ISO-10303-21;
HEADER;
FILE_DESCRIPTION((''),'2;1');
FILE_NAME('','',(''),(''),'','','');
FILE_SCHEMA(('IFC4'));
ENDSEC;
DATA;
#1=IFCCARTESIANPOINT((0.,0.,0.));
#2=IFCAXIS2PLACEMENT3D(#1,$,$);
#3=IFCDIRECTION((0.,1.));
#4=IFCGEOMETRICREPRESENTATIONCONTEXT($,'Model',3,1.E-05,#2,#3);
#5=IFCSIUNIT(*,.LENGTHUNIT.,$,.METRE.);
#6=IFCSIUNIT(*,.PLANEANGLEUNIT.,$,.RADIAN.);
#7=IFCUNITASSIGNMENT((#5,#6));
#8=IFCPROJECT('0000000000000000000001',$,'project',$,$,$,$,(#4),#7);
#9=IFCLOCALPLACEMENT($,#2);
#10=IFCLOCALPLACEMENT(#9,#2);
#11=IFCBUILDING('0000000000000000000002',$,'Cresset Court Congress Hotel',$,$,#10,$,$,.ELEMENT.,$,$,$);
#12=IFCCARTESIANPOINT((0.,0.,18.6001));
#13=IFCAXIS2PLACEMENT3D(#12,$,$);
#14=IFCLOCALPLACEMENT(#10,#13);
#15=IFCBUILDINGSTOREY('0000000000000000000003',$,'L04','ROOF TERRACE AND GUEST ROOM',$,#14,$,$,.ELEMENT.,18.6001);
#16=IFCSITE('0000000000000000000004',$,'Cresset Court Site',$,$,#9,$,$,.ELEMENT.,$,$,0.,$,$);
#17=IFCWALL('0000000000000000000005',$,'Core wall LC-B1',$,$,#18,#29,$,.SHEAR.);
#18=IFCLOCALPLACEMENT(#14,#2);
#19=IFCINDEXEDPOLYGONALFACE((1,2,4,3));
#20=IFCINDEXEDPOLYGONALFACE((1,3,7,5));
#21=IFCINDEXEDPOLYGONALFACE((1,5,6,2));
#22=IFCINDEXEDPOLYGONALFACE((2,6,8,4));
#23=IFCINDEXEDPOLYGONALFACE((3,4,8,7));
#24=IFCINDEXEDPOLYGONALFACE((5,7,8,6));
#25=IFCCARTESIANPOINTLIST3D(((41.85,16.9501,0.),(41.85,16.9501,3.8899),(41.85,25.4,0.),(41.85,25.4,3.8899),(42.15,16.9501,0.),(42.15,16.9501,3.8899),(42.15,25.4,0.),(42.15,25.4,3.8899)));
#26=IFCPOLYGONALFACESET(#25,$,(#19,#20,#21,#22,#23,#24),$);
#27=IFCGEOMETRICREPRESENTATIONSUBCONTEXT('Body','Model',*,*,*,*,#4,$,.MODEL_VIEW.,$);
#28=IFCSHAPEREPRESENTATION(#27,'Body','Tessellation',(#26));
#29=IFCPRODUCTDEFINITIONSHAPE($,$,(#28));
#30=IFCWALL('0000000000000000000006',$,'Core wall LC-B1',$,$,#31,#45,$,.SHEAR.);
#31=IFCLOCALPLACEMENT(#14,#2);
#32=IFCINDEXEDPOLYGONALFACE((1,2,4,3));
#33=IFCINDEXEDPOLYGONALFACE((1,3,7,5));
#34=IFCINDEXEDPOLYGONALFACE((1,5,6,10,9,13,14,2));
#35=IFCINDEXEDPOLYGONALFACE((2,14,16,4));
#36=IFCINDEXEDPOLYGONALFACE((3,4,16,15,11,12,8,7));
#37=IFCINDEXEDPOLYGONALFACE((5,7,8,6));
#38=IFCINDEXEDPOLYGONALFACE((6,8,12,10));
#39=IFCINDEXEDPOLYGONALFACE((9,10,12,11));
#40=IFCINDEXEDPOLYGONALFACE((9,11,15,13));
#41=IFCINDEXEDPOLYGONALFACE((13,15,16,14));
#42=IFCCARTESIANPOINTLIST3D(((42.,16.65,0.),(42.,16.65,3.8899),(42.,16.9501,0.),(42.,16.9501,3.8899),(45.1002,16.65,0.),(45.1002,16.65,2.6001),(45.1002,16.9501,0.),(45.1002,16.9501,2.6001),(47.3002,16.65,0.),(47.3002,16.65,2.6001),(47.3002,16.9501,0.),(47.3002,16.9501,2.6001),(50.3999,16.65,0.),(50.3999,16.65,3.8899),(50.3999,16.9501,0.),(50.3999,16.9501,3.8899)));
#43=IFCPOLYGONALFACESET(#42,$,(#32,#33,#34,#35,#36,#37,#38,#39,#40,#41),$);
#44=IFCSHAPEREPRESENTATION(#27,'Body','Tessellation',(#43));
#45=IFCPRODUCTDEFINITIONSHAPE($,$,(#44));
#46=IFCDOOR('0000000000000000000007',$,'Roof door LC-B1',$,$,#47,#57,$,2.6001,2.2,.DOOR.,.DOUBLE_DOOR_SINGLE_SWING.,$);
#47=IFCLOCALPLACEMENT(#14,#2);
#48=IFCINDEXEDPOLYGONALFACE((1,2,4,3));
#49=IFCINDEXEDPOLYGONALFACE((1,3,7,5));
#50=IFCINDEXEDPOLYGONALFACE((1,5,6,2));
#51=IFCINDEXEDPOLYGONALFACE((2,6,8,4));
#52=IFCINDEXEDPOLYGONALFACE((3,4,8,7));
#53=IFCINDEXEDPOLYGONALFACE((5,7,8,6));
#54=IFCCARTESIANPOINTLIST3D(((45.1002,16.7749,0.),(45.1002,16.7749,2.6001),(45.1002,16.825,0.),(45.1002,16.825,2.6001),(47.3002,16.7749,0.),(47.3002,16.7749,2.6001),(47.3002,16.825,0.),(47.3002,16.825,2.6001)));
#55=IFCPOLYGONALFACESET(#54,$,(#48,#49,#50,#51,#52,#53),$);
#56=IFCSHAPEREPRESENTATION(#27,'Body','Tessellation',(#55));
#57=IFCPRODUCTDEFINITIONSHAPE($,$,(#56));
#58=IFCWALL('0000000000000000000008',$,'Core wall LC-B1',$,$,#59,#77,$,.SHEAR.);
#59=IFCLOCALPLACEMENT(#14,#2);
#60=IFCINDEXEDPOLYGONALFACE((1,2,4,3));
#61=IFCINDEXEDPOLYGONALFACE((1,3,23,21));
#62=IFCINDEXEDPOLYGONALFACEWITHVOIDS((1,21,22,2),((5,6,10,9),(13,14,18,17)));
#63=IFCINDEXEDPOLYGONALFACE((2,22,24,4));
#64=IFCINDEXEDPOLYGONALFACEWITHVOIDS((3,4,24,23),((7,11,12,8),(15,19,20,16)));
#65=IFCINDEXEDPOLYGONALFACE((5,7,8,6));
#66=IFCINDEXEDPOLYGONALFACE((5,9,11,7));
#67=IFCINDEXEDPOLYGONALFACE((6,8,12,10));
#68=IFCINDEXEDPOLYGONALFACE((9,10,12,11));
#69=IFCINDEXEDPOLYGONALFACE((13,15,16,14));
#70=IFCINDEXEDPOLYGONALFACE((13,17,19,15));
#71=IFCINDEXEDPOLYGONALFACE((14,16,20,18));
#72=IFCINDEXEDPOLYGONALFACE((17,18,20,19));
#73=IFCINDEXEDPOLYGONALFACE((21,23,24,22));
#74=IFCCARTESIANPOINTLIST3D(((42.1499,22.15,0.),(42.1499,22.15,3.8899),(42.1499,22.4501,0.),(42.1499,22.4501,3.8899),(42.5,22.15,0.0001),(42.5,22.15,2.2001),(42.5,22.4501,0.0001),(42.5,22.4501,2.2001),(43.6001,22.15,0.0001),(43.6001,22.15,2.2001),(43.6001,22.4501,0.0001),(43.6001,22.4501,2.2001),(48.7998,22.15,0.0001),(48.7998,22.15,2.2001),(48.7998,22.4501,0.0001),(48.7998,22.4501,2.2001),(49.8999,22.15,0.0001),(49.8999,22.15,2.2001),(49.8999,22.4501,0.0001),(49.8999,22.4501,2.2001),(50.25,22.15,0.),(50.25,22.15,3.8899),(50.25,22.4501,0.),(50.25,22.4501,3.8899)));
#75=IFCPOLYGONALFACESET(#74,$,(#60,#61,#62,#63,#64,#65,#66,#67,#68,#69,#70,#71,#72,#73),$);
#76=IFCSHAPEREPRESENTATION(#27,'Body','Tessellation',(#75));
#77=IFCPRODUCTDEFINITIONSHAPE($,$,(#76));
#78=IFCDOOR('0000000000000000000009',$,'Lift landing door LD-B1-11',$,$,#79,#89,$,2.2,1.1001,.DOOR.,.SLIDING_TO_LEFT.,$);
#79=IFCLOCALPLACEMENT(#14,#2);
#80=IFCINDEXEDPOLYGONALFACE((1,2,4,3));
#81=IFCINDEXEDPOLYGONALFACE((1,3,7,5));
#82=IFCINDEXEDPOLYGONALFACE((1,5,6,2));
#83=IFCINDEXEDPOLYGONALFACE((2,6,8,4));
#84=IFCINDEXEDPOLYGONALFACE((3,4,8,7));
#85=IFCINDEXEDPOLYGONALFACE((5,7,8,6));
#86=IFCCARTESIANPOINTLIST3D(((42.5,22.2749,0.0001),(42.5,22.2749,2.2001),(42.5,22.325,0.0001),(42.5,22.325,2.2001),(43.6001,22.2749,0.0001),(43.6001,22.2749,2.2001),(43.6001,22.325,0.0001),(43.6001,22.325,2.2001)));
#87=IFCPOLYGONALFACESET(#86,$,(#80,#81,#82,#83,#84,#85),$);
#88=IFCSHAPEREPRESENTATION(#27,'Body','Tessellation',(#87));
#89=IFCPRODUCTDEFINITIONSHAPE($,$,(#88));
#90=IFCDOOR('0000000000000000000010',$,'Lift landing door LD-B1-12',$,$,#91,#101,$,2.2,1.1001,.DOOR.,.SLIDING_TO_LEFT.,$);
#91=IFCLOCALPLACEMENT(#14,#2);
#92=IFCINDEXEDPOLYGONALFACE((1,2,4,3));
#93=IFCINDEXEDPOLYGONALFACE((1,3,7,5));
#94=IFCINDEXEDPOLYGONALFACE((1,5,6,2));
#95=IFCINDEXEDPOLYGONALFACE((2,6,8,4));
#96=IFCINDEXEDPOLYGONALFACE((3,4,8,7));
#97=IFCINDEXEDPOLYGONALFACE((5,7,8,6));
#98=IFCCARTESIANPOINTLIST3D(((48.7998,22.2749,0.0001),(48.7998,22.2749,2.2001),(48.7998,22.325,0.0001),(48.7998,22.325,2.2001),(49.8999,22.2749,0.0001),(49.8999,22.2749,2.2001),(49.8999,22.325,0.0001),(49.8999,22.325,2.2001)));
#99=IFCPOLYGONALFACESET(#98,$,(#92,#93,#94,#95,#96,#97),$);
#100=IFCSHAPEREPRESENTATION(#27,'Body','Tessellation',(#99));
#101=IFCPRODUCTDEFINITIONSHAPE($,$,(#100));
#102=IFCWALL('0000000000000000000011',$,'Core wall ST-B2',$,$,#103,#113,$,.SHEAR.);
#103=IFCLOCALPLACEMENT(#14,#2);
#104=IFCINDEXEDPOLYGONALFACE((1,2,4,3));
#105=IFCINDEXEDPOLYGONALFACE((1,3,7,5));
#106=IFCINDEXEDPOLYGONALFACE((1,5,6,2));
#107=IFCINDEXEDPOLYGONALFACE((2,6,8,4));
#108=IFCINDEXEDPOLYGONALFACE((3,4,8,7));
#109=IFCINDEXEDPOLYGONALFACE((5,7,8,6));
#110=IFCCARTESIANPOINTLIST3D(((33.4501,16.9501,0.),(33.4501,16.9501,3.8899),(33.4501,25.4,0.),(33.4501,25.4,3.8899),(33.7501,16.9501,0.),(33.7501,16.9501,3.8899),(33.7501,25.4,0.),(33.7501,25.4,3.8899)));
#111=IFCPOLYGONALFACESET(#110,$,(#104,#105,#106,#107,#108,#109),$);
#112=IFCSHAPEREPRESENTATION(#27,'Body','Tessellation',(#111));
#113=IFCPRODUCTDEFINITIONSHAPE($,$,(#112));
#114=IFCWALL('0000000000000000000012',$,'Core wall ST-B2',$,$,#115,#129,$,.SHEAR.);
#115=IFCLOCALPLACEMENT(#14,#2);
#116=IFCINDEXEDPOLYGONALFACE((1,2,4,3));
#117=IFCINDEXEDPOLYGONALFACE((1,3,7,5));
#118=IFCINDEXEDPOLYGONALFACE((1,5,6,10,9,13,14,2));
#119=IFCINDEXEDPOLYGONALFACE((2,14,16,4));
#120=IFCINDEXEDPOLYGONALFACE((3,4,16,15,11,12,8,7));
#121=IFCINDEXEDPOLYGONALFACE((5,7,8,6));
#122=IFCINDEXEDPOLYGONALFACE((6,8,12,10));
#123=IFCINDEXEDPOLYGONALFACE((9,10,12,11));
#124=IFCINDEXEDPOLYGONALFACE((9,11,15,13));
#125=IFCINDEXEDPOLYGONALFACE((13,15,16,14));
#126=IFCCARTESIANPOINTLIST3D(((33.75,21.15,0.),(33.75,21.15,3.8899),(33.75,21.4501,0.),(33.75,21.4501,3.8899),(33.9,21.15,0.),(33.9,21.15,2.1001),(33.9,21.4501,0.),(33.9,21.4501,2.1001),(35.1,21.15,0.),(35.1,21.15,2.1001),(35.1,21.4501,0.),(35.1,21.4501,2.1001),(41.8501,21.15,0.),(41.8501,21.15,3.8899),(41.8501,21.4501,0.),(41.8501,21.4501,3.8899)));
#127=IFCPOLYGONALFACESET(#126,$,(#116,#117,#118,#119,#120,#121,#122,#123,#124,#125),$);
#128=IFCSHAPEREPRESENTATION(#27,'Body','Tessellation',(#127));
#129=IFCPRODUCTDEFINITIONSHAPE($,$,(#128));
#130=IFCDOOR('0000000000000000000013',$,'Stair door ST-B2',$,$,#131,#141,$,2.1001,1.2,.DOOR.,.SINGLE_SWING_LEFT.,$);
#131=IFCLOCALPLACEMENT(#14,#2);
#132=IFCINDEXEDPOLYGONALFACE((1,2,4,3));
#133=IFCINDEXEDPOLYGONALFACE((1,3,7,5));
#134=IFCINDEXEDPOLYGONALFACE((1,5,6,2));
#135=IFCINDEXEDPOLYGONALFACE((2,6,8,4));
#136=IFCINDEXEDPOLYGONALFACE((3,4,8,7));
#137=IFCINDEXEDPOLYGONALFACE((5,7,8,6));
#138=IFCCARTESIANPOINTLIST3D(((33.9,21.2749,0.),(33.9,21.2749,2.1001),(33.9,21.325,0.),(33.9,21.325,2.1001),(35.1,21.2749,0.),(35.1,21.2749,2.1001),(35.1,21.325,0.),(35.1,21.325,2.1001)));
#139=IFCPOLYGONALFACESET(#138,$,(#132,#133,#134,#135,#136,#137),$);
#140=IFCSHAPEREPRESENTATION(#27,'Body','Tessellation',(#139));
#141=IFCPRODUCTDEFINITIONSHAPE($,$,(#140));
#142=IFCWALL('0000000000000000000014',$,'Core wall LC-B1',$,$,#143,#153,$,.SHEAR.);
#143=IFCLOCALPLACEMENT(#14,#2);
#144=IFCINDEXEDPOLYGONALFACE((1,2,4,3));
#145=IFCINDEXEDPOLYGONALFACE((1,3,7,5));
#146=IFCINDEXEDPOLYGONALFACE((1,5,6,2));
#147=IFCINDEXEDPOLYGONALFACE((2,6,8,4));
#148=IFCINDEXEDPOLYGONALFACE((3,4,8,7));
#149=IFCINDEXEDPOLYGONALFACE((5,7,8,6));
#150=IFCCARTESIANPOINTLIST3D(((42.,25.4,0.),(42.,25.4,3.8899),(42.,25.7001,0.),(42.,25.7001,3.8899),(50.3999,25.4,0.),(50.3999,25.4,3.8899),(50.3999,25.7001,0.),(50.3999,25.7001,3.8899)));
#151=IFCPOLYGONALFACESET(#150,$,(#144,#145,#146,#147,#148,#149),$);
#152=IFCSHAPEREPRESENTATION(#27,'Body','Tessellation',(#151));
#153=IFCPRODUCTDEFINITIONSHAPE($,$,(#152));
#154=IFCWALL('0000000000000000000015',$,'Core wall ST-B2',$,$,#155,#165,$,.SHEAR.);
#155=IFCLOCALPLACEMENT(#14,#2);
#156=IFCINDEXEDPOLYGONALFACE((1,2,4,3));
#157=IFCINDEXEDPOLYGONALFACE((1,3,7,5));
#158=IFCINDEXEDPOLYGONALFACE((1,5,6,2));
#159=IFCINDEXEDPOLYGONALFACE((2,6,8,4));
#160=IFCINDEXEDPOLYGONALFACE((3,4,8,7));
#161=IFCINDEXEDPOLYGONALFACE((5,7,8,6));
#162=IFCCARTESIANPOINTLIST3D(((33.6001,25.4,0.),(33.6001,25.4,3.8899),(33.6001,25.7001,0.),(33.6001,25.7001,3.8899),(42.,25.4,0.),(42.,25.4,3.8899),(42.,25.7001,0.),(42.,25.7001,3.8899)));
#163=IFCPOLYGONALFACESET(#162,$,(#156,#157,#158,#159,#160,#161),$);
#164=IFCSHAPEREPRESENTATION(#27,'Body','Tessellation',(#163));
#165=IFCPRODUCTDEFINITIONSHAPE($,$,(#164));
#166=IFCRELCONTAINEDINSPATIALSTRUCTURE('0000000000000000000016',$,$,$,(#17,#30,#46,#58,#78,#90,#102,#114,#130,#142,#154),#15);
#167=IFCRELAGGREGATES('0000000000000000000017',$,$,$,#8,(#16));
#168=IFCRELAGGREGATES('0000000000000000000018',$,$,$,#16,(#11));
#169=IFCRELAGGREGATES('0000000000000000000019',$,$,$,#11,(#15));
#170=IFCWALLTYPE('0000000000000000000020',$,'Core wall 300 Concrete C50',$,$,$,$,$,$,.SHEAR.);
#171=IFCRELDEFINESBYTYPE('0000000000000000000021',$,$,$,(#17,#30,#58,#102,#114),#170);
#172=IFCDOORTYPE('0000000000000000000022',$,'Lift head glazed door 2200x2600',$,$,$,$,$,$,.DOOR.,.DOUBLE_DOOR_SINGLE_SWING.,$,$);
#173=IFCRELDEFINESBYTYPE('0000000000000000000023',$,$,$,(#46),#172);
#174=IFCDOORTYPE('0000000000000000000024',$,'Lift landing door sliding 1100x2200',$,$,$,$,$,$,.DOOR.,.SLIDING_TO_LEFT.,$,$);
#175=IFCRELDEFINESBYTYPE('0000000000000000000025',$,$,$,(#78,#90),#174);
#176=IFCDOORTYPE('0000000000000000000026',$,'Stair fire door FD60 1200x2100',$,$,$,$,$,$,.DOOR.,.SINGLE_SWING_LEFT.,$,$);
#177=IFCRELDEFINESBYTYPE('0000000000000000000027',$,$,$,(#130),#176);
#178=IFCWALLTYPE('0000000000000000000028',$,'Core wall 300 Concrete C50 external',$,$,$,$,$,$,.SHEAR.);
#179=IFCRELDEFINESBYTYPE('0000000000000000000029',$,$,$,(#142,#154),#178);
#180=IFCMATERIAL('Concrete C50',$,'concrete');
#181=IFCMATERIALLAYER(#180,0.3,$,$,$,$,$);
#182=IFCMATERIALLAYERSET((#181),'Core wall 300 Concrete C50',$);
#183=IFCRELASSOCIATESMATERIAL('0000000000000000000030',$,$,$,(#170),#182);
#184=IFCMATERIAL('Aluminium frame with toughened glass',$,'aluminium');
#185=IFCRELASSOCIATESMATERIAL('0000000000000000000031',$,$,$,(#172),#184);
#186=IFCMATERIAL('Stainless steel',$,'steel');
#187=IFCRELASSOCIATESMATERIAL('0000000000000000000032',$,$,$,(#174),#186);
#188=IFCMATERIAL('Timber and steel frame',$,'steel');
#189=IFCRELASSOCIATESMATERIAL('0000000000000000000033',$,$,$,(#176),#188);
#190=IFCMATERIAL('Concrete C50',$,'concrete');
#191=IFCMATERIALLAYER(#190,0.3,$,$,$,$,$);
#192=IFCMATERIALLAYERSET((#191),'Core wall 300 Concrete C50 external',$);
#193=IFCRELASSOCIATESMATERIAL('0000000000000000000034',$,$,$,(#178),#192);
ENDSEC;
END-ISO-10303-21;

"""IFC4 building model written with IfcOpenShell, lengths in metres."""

from ifc_helpers import new_model, si_unit, direction, frame, frame_2d, origin, place, context, subcontext, project, spatial, rectangle, extrude, material, layer, layer_set, type_object, element, fill, save


model = new_model("IFC4")

# Units and contexts
model_context = context("Model", 3, precision=1e-05, world=origin(), true_north=direction((0.0, 1.0)))
body_context = subcontext(model_context, "Body", "Model", "MODEL_VIEW")
ifc_project = project(units=[si_unit("LENGTHUNIT", "METRE"), si_unit("PLANEANGLEUNIT", "RADIAN")], contexts=[model_context])

# Site, building, storey
site_placement = place(None, origin())
site = spatial("IfcSite", under=ifc_project, at=site_placement, Name="Cresset Court Site", CompositionType="ELEMENT", RefElevation=0.0)
building_placement = place(site_placement, origin())
building = spatial("IfcBuilding", under=site, at=building_placement, Name="Cresset Court Congress Hotel", CompositionType="ELEMENT")
storey_placement = place(building_placement, frame((0.0, 0.0, 18.6001)))
storey = spatial("IfcBuildingStorey", under=building, at=storey_placement, Name="L04", Description="ROOF TERRACE AND GUEST ROOM", CompositionType="ELEMENT", Elevation=18.6001)

# Wall
ifc_material_1 = material(Name="Concrete C50", Category="concrete")
ifc_layer_1 = layer(ifc_material_1, 0.3)
ifc_layer_set_1 = layer_set([ifc_layer_1], Name="Core wall 300 Concrete C50")
wall_type_1 = type_object("IfcWallType", Name="Core wall 300 Concrete C50", PredefinedType="SHEAR", material=ifc_layer_set_1)
wall_1_placement = place(storey_placement, frame((42.0, 16.95, 0.0), z_axis=(0.0, 0.0, 1.0), x_axis=(0.0, 1.0, 0.0)))
element("IfcWall", 1, at=wall_1_placement, inside=storey, type_object=wall_type_1, Name="Core wall LC-B1", PredefinedType="SHEAR", context=body_context, shape_type="SweptSolid", body=[
    extrude(rectangle(XDim=8.45, YDim=0.3, at=frame_2d((4.2251, 0.0))), origin(), (0.0, 0.0, 1.0), 3.8899),
])

# Wall, opening, door
wall_2_placement = place(storey_placement, frame((42.0, 16.8, 0.0), z_axis=(0.0, 0.0, 1.0), x_axis=(1.0, 0.0, 0.0)))
wall_2 = element("IfcWall", 2, at=wall_2_placement, inside=storey, type_object=wall_type_1, Name="Core wall LC-B1", PredefinedType="SHEAR", context=body_context, shape_type="SweptSolid", body=[
    extrude(rectangle(XDim=8.3999, YDim=0.3, at=frame_2d((4.2, 0.0))), origin(), (0.0, 0.0, 1.0), 3.8899),
])
opening_1_placement = place(wall_2_placement, frame((3.1001, 0.0, 0.0)))
opening_1 = element("IfcOpeningElement", 3, at=opening_1_placement, cuts=wall_2, PredefinedType="OPENING", context=body_context, shape_type="SweptSolid", body=[
    extrude(rectangle(XDim=2.2, YDim=2.6001, at=frame_2d((1.1001, 1.3))), frame((0.0, 0.1599, 0.0), z_axis=(0.0, -1.0, 0.0), x_axis=(1.0, 0.0, 0.0)), (0.0, 0.0, 1.0), 0.3201),
])
ifc_material_2 = material(Name="Aluminium frame with toughened glass", Category="aluminium")
door_type_1 = type_object("IfcDoorType", Name="Lift head glazed door 2200x2600", OperationType="DOUBLE_DOOR_SINGLE_SWING", PredefinedType="DOOR", material=ifc_material_2)
door_1_placement = place(opening_1_placement, origin())
door_1 = element("IfcDoor", 4, at=door_1_placement, inside=storey, type_object=door_type_1, Name="Roof door LC-B1", OperationType="DOUBLE_DOOR_SINGLE_SWING", OverallHeight=2.6001, OverallWidth=2.2, PredefinedType="DOOR", context=body_context, shape_type="SweptSolid", body=[
    extrude(rectangle(XDim=2.2, YDim=2.6001, at=frame_2d((1.1001, 1.3))), frame((0.0, 0.0249, 0.0), z_axis=(0.0, -1.0, 0.0), x_axis=(1.0, 0.0, 0.0)), (0.0, 0.0, 1.0), 0.05),
])
fill(opening_1, door_1)

# Wall, openings, doors
wall_3_placement = place(storey_placement, frame((42.1499, 22.3, 0.0), z_axis=(0.0, 0.0, 1.0), x_axis=(1.0, 0.0, 0.0)))
wall_3 = element("IfcWall", 5, at=wall_3_placement, inside=storey, type_object=wall_type_1, Name="Core wall LC-B1", PredefinedType="SHEAR", context=body_context, shape_type="SweptSolid", body=[
    extrude(rectangle(XDim=8.1001, YDim=0.3, at=frame_2d((4.05, 0.0))), origin(), (0.0, 0.0, 1.0), 3.8899),
])
opening_2_placement = place(wall_3_placement, frame((0.3501, 0.0, 0.0)))
opening_2 = element("IfcOpeningElement", 6, at=opening_2_placement, cuts=wall_3, PredefinedType="OPENING", context=body_context, shape_type="SweptSolid", body=[
    extrude(rectangle(XDim=1.1001, YDim=2.2, at=frame_2d((0.55, 1.1001))), frame((0.0, 0.1599, 0.0), z_axis=(0.0, -1.0, 0.0), x_axis=(1.0, 0.0, 0.0)), (0.0, 0.0, 1.0), 0.3201),
])
opening_3_placement = place(wall_3_placement, frame((6.6499, 0.0, 0.0)))
opening_3 = element("IfcOpeningElement", 7, at=opening_3_placement, cuts=wall_3, PredefinedType="OPENING", context=body_context, shape_type="SweptSolid", body=[
    extrude(rectangle(XDim=1.1001, YDim=2.2, at=frame_2d((0.55, 1.1001))), frame((0.0, 0.1599, 0.0), z_axis=(0.0, -1.0, 0.0), x_axis=(1.0, 0.0, 0.0)), (0.0, 0.0, 1.0), 0.3201),
])
ifc_material_3 = material(Name="Stainless steel", Category="steel")
door_type_2 = type_object("IfcDoorType", Name="Lift landing door sliding 1100x2200", OperationType="SLIDING_TO_LEFT", PredefinedType="DOOR", material=ifc_material_3)
door_2_placement = place(opening_2_placement, origin())
door_2 = element("IfcDoor", 8, at=door_2_placement, inside=storey, type_object=door_type_2, Name="Lift landing door LD-B1-11", OperationType="SLIDING_TO_LEFT", OverallHeight=2.2, OverallWidth=1.1001, PredefinedType="DOOR", context=body_context, shape_type="SweptSolid", body=[
    extrude(rectangle(XDim=1.1001, YDim=2.2, at=frame_2d((0.55, 1.1001))), frame((0.0, 0.0249, 0.0), z_axis=(0.0, -1.0, 0.0), x_axis=(1.0, 0.0, 0.0)), (0.0, 0.0, 1.0), 0.05),
])
fill(opening_2, door_2)
door_3_placement = place(opening_3_placement, origin())
door_3 = element("IfcDoor", 9, at=door_3_placement, inside=storey, type_object=door_type_2, Name="Lift landing door LD-B1-12", OperationType="SLIDING_TO_LEFT", OverallHeight=2.2, OverallWidth=1.1001, PredefinedType="DOOR", context=body_context, shape_type="SweptSolid", body=[
    extrude(rectangle(XDim=1.1001, YDim=2.2, at=frame_2d((0.55, 1.1001))), frame((0.0, 0.0249, 0.0), z_axis=(0.0, -1.0, 0.0), x_axis=(1.0, 0.0, 0.0)), (0.0, 0.0, 1.0), 0.05),
])
fill(opening_3, door_3)

# Wall
wall_4_placement = place(storey_placement, frame((33.6001, 16.95, 0.0), z_axis=(0.0, 0.0, 1.0), x_axis=(0.0, 1.0, 0.0)))
element("IfcWall", 10, at=wall_4_placement, inside=storey, type_object=wall_type_1, Name="Core wall ST-B2", PredefinedType="SHEAR", context=body_context, shape_type="SweptSolid", body=[
    extrude(rectangle(XDim=8.45, YDim=0.3, at=frame_2d((4.2251, 0.0))), origin(), (0.0, 0.0, 1.0), 3.8899),
])

# Wall, opening, door
wall_5_placement = place(storey_placement, frame((33.75, 21.3, 0.0), z_axis=(0.0, 0.0, 1.0), x_axis=(1.0, 0.0, 0.0)))
wall_5 = element("IfcWall", 11, at=wall_5_placement, inside=storey, type_object=wall_type_1, Name="Core wall ST-B2", PredefinedType="SHEAR", context=body_context, shape_type="SweptSolid", body=[
    extrude(rectangle(XDim=8.1001, YDim=0.3, at=frame_2d((4.05, 0.0))), origin(), (0.0, 0.0, 1.0), 3.8899),
])
opening_4_placement = place(wall_5_placement, frame((0.1499, 0.0, 0.0)))
opening_4 = element("IfcOpeningElement", 12, at=opening_4_placement, cuts=wall_5, PredefinedType="OPENING", context=body_context, shape_type="SweptSolid", body=[
    extrude(rectangle(XDim=1.2, YDim=2.1001, at=frame_2d((0.6001, 1.05))), frame((0.0, 0.1599, 0.0), z_axis=(0.0, -1.0, 0.0), x_axis=(1.0, 0.0, 0.0)), (0.0, 0.0, 1.0), 0.3201),
])
ifc_material_4 = material(Name="Timber and steel frame", Category="steel")
door_type_3 = type_object("IfcDoorType", Name="Stair fire door FD60 1200x2100", OperationType="SINGLE_SWING_LEFT", PredefinedType="DOOR", material=ifc_material_4)
door_4_placement = place(opening_4_placement, origin())
door_4 = element("IfcDoor", 13, at=door_4_placement, inside=storey, type_object=door_type_3, Name="Stair door ST-B2", OperationType="SINGLE_SWING_LEFT", OverallHeight=2.1001, OverallWidth=1.2, PredefinedType="DOOR", context=body_context, shape_type="SweptSolid", body=[
    extrude(rectangle(XDim=1.2, YDim=2.1001, at=frame_2d((0.6001, 1.05))), frame((0.0, 0.0249, 0.0), z_axis=(0.0, -1.0, 0.0), x_axis=(1.0, 0.0, 0.0)), (0.0, 0.0, 1.0), 0.05),
])
fill(opening_4, door_4)

# Walls
ifc_material_5 = material(Name="Concrete C50", Category="concrete")
ifc_layer_2 = layer(ifc_material_5, 0.3)
ifc_layer_set_2 = layer_set([ifc_layer_2], Name="Core wall 300 Concrete C50 external")
wall_type_2 = type_object("IfcWallType", Name="Core wall 300 Concrete C50 external", PredefinedType="SHEAR", material=ifc_layer_set_2)
for number, where, z_axis, x_axis, name in (
    (14, (42.0, 25.55, 0.0), (0.0, 0.0, 1.0), (1.0, 0.0, 0.0), "Core wall LC-B1"),
    (15, (33.6001, 25.55, 0.0), (0.0, 0.0, 1.0), (1.0, 0.0, 0.0), "Core wall ST-B2"),
):
    element("IfcWall", number, at=place(storey_placement, frame(where, z_axis=z_axis, x_axis=x_axis)), inside=storey, type_object=wall_type_2, Name=name, PredefinedType="SHEAR", context=body_context, shape_type="SweptSolid", body=[
        extrude(rectangle(XDim=8.3999, YDim=0.3, at=frame_2d((4.2, 0.0))), origin(), (0.0, 0.0, 1.0), 3.8899),
    ])

save(model, "model.ifc")
